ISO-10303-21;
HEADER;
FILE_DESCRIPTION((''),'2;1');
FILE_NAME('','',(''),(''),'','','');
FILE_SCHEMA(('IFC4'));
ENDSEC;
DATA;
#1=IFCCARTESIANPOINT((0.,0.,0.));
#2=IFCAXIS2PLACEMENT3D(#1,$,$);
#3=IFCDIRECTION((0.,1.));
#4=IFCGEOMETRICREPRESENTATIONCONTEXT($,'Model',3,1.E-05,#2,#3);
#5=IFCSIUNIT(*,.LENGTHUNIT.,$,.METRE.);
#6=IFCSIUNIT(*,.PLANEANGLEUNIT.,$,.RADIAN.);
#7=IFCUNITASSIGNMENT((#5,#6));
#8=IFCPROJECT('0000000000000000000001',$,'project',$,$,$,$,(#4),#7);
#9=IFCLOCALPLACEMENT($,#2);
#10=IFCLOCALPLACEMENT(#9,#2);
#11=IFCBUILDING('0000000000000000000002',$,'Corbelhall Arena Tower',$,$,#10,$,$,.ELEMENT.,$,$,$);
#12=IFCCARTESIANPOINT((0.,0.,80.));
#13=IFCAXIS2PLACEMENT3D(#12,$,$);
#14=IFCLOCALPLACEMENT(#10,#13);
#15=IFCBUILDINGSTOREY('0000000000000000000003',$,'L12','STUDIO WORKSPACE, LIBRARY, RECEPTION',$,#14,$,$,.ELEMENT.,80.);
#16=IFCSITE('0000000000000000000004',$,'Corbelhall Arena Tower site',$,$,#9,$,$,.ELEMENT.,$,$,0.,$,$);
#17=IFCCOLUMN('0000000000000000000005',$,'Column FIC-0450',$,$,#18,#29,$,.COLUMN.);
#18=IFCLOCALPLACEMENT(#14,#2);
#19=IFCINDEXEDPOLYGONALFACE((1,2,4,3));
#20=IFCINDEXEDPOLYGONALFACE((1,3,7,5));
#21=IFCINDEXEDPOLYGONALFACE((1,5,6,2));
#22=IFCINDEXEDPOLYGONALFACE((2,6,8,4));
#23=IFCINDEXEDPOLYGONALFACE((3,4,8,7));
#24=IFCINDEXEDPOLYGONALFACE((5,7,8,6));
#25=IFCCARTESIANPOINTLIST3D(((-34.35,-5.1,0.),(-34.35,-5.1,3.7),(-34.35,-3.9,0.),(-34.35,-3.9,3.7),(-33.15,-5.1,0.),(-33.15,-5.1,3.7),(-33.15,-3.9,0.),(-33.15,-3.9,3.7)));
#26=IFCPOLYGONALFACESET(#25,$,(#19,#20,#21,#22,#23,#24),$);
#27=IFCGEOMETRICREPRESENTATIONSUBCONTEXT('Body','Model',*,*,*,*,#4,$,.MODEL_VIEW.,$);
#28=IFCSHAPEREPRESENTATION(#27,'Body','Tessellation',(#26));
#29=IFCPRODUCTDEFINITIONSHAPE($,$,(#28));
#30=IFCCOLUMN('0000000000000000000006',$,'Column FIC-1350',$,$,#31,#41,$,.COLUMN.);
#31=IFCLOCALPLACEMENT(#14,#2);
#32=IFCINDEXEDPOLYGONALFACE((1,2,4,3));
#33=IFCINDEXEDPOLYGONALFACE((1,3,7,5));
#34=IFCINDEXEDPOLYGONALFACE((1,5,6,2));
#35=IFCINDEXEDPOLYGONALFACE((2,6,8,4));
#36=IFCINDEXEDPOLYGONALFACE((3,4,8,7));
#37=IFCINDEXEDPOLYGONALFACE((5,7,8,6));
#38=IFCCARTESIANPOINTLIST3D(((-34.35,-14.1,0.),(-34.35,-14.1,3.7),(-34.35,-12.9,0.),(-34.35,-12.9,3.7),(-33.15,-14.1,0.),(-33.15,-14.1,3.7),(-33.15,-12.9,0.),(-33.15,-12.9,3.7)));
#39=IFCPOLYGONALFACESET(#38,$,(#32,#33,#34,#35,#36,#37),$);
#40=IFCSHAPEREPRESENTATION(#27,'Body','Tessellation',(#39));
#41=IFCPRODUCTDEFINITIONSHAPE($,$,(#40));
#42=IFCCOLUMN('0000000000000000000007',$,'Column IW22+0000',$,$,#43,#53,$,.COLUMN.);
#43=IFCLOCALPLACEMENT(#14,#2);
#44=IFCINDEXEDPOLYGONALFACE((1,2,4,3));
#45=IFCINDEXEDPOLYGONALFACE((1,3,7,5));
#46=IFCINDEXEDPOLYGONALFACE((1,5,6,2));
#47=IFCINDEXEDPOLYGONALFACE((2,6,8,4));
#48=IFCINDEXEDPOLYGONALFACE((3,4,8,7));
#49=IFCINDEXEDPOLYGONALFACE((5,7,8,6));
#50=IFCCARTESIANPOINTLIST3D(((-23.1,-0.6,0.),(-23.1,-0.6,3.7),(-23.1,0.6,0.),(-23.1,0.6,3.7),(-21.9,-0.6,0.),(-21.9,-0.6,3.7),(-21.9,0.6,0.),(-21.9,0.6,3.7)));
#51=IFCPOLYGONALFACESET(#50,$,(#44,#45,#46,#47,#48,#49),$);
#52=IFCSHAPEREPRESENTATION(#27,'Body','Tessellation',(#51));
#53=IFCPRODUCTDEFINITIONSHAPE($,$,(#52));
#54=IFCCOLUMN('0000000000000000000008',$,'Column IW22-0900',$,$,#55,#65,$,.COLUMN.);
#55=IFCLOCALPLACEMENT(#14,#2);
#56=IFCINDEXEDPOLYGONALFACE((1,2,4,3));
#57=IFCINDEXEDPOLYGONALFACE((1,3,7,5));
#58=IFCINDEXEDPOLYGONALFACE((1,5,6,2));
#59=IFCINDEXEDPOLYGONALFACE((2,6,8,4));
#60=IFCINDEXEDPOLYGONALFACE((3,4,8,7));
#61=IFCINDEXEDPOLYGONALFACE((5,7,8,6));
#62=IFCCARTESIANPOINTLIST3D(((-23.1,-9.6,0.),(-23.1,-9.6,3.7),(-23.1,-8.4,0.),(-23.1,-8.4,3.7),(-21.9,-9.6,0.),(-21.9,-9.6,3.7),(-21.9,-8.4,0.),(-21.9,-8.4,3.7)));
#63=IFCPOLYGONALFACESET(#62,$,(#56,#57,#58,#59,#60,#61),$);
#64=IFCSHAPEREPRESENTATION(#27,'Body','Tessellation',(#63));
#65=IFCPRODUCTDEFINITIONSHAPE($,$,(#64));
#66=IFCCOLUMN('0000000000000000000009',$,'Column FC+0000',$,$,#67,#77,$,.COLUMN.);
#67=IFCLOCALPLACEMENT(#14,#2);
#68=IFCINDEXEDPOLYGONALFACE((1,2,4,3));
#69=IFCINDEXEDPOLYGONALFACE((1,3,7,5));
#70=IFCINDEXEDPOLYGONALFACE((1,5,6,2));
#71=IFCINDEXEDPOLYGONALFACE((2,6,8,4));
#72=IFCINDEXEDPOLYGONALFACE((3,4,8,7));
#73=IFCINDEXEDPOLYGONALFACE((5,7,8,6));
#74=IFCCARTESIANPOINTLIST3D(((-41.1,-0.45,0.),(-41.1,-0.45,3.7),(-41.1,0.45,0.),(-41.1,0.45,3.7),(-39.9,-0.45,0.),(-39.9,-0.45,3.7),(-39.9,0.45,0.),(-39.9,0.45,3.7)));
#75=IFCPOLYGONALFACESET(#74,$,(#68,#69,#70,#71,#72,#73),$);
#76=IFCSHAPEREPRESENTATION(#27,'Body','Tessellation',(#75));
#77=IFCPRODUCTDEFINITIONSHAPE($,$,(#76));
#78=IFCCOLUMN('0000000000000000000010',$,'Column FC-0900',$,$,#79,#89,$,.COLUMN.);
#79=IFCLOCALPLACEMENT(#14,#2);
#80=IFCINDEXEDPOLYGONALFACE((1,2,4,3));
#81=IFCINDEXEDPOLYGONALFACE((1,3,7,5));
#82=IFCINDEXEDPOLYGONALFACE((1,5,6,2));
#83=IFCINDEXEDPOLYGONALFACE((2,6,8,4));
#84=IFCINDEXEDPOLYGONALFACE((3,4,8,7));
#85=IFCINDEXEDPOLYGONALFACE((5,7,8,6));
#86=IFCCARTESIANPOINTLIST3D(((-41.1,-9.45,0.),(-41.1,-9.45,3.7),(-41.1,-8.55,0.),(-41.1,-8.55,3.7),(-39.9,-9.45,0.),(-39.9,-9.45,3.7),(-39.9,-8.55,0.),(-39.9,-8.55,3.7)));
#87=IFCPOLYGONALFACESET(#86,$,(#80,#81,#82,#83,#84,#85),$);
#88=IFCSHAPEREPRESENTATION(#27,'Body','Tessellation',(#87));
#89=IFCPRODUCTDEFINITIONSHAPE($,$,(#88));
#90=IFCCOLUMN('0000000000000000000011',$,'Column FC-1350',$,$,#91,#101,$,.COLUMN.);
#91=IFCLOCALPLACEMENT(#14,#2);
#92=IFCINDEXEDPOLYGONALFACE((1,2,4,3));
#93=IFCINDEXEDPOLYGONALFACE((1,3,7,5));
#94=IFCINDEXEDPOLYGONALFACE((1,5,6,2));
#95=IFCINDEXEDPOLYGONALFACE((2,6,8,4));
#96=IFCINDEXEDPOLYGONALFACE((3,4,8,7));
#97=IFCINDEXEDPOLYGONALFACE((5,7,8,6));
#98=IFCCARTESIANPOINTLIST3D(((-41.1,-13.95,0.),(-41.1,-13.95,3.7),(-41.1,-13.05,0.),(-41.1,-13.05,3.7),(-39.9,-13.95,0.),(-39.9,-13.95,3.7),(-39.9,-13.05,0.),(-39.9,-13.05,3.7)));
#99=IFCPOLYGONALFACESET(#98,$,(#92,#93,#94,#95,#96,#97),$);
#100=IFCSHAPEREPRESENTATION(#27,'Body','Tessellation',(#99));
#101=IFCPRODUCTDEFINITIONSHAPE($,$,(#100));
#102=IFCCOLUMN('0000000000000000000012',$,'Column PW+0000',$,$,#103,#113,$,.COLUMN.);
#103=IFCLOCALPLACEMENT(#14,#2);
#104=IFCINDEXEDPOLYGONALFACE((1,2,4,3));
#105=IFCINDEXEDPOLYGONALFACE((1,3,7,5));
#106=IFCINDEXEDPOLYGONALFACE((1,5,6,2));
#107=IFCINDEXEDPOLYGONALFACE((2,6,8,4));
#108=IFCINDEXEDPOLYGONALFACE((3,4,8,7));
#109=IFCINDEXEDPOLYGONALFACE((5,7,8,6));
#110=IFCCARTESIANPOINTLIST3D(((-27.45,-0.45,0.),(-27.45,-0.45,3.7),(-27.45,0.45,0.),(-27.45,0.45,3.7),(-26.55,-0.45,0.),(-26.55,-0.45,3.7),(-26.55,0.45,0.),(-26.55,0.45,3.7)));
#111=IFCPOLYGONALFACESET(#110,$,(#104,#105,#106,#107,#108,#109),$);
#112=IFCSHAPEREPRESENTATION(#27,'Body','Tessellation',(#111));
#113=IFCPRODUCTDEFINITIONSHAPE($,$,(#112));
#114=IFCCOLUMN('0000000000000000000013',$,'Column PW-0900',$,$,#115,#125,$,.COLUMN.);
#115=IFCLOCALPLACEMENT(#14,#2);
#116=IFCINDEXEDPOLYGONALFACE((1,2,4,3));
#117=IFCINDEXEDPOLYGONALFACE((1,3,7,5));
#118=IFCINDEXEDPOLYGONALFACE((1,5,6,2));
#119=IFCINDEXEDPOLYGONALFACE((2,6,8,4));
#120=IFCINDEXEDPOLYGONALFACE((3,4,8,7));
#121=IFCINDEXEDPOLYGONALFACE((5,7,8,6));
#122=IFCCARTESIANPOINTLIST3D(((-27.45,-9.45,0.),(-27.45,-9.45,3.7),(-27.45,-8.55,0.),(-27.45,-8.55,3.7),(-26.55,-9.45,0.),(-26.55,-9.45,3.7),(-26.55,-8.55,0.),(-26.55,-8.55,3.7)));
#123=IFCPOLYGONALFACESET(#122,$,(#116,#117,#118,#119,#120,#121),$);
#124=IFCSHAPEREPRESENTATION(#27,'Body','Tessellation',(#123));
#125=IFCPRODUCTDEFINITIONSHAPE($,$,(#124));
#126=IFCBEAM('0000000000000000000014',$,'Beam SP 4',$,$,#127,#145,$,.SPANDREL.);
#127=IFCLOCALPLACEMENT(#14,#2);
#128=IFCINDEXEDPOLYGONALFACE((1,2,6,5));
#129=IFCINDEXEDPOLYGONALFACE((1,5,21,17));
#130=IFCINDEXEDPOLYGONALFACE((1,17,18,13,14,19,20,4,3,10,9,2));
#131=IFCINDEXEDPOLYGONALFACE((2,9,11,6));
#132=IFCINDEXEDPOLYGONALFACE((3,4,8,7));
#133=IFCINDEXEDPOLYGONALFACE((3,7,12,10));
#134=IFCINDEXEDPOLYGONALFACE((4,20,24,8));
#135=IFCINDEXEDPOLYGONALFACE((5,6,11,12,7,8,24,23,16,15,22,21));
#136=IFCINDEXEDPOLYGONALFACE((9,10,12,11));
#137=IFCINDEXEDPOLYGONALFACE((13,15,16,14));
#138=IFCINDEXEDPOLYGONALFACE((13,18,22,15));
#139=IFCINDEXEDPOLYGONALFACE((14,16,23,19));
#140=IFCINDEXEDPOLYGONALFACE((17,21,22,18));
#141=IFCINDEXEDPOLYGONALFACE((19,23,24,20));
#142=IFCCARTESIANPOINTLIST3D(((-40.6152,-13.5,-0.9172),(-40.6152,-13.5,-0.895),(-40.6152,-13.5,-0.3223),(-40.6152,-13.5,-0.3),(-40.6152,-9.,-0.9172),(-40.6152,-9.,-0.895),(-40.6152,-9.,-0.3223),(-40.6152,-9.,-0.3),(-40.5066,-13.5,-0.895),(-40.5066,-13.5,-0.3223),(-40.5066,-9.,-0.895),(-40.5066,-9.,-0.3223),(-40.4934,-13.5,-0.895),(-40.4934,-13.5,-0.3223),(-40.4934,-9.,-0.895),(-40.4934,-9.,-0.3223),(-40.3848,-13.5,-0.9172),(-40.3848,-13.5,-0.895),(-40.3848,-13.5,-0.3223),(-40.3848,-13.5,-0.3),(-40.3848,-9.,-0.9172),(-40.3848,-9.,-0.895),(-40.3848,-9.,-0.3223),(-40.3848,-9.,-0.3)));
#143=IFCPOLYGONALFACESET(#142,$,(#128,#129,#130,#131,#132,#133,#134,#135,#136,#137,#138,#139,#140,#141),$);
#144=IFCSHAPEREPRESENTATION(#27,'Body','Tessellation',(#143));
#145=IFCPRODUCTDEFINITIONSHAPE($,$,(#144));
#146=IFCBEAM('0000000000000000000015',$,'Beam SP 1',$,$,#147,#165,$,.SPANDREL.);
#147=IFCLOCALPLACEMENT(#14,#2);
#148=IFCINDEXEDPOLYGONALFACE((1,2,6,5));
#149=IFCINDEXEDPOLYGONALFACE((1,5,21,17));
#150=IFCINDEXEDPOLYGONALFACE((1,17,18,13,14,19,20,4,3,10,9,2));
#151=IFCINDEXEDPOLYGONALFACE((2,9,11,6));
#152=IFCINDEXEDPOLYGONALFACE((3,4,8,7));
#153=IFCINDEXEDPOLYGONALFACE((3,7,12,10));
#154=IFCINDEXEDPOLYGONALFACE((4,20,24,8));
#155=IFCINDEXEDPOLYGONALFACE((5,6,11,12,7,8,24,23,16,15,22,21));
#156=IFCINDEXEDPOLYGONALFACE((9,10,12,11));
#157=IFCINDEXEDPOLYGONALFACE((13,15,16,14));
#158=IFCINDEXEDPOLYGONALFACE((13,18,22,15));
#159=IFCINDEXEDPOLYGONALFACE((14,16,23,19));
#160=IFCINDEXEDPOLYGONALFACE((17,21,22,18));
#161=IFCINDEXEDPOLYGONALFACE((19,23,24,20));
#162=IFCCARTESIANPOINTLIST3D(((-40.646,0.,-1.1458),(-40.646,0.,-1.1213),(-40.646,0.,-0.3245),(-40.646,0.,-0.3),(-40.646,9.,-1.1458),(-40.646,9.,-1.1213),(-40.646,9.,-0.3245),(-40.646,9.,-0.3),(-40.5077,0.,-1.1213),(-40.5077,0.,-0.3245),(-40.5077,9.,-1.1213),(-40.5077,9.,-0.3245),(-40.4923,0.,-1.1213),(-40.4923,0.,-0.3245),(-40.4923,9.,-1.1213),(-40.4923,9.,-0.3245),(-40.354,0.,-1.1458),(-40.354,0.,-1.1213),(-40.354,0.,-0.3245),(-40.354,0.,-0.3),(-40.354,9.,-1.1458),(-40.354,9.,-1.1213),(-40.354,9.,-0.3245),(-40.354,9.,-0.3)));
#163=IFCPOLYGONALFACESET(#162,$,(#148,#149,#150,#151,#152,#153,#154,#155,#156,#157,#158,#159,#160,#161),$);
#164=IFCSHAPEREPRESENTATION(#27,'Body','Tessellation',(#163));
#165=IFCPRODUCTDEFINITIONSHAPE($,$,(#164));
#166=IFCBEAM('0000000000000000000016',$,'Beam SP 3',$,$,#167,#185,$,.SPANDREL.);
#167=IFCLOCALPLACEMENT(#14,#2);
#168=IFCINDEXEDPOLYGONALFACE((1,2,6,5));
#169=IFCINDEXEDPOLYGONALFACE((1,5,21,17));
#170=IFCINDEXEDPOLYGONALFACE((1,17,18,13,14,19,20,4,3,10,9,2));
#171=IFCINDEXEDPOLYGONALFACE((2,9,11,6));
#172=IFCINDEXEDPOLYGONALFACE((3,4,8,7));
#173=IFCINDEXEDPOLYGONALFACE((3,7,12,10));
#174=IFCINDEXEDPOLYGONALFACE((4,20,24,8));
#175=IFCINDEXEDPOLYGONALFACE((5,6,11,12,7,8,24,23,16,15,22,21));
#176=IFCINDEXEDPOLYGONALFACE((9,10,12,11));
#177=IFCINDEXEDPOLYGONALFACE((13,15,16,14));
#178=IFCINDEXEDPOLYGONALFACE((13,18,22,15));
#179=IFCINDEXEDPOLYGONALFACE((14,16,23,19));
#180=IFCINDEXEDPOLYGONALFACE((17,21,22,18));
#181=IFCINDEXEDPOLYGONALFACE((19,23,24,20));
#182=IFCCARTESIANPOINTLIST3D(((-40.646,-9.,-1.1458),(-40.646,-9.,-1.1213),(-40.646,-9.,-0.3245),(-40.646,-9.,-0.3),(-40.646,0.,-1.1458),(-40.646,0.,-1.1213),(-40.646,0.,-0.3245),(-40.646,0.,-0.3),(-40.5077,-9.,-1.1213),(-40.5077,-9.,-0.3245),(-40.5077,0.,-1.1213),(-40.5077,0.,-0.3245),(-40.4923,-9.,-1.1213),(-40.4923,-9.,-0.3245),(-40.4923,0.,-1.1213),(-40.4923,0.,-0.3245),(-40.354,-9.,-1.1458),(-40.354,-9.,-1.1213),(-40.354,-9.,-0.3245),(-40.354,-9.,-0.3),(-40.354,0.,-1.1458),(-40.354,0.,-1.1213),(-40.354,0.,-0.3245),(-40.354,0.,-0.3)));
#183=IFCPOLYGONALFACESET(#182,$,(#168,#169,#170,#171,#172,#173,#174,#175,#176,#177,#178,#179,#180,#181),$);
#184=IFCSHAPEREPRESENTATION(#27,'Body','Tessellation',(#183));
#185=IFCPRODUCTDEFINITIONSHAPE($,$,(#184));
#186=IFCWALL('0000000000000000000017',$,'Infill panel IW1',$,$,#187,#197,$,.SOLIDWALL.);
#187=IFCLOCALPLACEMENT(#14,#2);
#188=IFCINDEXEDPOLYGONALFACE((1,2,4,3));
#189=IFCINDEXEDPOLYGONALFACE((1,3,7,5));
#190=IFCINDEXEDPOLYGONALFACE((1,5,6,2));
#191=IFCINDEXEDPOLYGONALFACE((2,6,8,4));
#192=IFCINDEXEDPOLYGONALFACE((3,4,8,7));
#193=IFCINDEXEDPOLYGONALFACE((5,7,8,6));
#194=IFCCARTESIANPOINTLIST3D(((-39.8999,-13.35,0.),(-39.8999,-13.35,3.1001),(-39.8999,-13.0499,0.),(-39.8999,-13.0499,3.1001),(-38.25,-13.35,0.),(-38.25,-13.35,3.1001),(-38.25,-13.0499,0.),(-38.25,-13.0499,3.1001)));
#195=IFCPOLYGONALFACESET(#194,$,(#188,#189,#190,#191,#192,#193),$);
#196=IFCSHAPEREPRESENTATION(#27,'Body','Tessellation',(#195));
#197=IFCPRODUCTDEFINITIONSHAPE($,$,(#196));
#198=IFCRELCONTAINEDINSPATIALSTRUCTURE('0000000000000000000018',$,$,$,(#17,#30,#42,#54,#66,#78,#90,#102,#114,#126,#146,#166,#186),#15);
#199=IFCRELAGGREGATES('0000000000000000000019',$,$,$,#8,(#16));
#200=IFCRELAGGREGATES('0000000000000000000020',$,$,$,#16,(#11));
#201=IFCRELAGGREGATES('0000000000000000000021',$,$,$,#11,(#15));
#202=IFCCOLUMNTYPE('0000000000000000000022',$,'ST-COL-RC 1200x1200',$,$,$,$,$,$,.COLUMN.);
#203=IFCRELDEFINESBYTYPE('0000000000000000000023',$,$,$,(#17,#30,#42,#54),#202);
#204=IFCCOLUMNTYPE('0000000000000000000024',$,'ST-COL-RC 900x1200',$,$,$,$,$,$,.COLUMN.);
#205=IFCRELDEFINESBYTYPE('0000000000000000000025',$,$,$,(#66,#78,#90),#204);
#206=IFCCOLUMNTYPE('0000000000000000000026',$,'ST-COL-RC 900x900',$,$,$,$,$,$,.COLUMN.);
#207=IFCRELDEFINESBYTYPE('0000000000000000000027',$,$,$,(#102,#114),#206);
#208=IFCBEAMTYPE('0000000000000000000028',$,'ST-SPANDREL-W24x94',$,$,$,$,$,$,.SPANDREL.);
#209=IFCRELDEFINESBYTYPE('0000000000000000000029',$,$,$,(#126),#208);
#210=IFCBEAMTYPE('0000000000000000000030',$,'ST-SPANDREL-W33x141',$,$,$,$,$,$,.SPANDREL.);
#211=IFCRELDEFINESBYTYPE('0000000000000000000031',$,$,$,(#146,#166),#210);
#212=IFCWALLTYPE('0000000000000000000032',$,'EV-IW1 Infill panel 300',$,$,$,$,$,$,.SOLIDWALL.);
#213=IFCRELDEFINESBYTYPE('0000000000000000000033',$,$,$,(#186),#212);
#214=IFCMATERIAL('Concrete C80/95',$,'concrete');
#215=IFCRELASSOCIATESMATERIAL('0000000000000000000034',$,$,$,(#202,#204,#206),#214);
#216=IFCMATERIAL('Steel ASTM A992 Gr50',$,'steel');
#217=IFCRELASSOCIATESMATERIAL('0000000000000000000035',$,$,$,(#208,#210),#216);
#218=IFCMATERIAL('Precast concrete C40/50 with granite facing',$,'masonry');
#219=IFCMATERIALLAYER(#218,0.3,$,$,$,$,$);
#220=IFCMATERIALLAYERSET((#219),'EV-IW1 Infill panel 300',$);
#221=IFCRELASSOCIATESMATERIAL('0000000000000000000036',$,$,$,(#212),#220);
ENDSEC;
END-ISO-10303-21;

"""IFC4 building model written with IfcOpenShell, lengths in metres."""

from ifc_helpers import new_model, si_unit, direction, frame, frame_2d, origin, origin_2d, place, context, subcontext, project, spatial, rectangle, i_section, extrude, material, layer, layer_set, material_profile, profile_set, type_object, element, save


model = new_model("IFC4")

# Units and contexts
model_context = context("Model", 3, precision=1e-05, world=origin(), true_north=direction((0.0, 1.0)))
body_context = subcontext(model_context, "Body", "Model", "MODEL_VIEW")
ifc_project = project(units=[si_unit("LENGTHUNIT", "METRE"), si_unit("PLANEANGLEUNIT", "RADIAN")], contexts=[model_context])

# Site, building, storey
site_placement = place(None, origin())
site = spatial("IfcSite", under=ifc_project, at=site_placement, Name="Corbelhall Arena Tower site", CompositionType="ELEMENT", RefElevation=0.0)
building_placement = place(site_placement, origin())
building = spatial("IfcBuilding", under=site, at=building_placement, Name="Corbelhall Arena Tower", CompositionType="ELEMENT")
storey_placement = place(building_placement, frame((0.0, 0.0, 80.0)))
storey = spatial("IfcBuildingStorey", under=building, at=storey_placement, Name="L12", Description="STUDIO WORKSPACE, LIBRARY, RECEPTION", CompositionType="ELEMENT", Elevation=80.0)

# Columns
ifc_material_1 = material(Name="Concrete C80/95", Category="concrete")
ifc_material_profile_1 = material_profile(ifc_material_1, rectangle(XDim=1.2, YDim=1.2, at=origin_2d()))
ifc_profile_set_1 = profile_set([ifc_material_profile_1], Name="Concrete C80/95")
column_type_1 = type_object("IfcColumnType", Name="ST-COL-RC 1200x1200", PredefinedType="COLUMN", material=ifc_profile_set_1)
for number, where, z_axis, x_axis, name in (
    (1, (-33.75, -4.5, 0.0), (0.0, 0.0, 1.0), (1.0, 0.0, 0.0), "Column FIC-0450"),
    (2, (-33.75, -13.5, 0.0), (0.0, 0.0, 1.0), (1.0, 0.0, 0.0), "Column FIC-1350"),
    (3, (-22.5, 0.0, 0.0), (0.0, 0.0, 1.0), (1.0, 0.0, 0.0), "Column IW22+0000"),
    (4, (-22.5, -9.0, 0.0), (0.0, 0.0, 1.0), (1.0, 0.0, 0.0), "Column IW22-0900"),
):
    element("IfcColumn", number, at=place(storey_placement, frame(where, z_axis=z_axis, x_axis=x_axis)), inside=storey, type_object=column_type_1, Name=name, PredefinedType="COLUMN", context=body_context, shape_type="SweptSolid", body=[
        extrude(rectangle(XDim=1.2, YDim=1.2, at=origin_2d()), origin(), (0.0, 0.0, 1.0), 3.7),
    ])
ifc_material_profile_2 = material_profile(ifc_material_1, rectangle(XDim=0.8999, YDim=1.2, at=origin_2d()))
ifc_profile_set_2 = profile_set([ifc_material_profile_2], Name="Concrete C80/95")
column_type_2 = type_object("IfcColumnType", Name="ST-COL-RC 900x1200", PredefinedType="COLUMN", material=ifc_profile_set_2)
for number, where, z_axis, x_axis, name in (
    (5, (-40.5, 0.0, 0.0), (0.0, 0.0, 1.0), (0.0, 1.0, 0.0), "Column FC+0000"),
    (6, (-40.5, -9.0, 0.0), (0.0, 0.0, 1.0), (0.0, 1.0, 0.0), "Column FC-0900"),
    (7, (-40.5, -13.5, 0.0), (0.0, 0.0, 1.0), (0.0, 1.0, 0.0), "Column FC-1350"),
):
    element("IfcColumn", number, at=place(storey_placement, frame(where, z_axis=z_axis, x_axis=x_axis)), inside=storey, type_object=column_type_2, Name=name, PredefinedType="COLUMN", context=body_context, shape_type="SweptSolid", body=[
        extrude(rectangle(XDim=0.8999, YDim=1.2, at=origin_2d()), origin(), (0.0, 0.0, 1.0), 3.7),
    ])
ifc_material_profile_3 = material_profile(ifc_material_1, rectangle(XDim=0.8999, YDim=0.8999, at=origin_2d()))
ifc_profile_set_3 = profile_set([ifc_material_profile_3], Name="Concrete C80/95")
column_type_3 = type_object("IfcColumnType", Name="ST-COL-RC 900x900", PredefinedType="COLUMN", material=ifc_profile_set_3)
for number, where, z_axis, x_axis, name in (
    (8, (-27.0, 0.0, 0.0), (0.0, 0.0, 1.0), (1.0, 0.0, 0.0), "Column PW+0000"),
    (9, (-27.0, -9.0, 0.0), (0.0, 0.0, 1.0), (1.0, 0.0, 0.0), "Column PW-0900"),
):
    element("IfcColumn", number, at=place(storey_placement, frame(where, z_axis=z_axis, x_axis=x_axis)), inside=storey, type_object=column_type_3, Name=name, PredefinedType="COLUMN", context=body_context, shape_type="SweptSolid", body=[
        extrude(rectangle(XDim=0.8999, YDim=0.8999, at=origin_2d()), origin(), (0.0, 0.0, 1.0), 3.7),
    ])

# Beams
ifc_material_2 = material(Name="Steel ASTM A992 Gr50", Category="steel")
ifc_material_profile_4 = material_profile(ifc_material_2, i_section(OverallWidth=0.2305, OverallDepth=0.6172, WebThickness=0.0132, FlangeThickness=0.0222, at=origin_2d()))
ifc_profile_set_4 = profile_set([ifc_material_profile_4], Name="Steel ASTM A992 Gr50")
beam_type_1 = type_object("IfcBeamType", Name="ST-SPANDREL-W24x94", PredefinedType="SPANDREL", material=ifc_profile_set_4)
beam_placement = place(storey_placement, frame((-40.5, -13.5, -0.6086), z_axis=(0.0, 1.0, 0.0), x_axis=(-1.0, 0.0, 0.0)))
element("IfcBeam", 10, at=beam_placement, inside=storey, type_object=beam_type_1, Name="Beam SP 4", PredefinedType="SPANDREL", context=body_context, shape_type="SweptSolid", body=[
    extrude(i_section(OverallWidth=0.2305, OverallDepth=0.6172, WebThickness=0.0132, FlangeThickness=0.0222, at=origin_2d()), origin(), (0.0, 0.0, 1.0), 4.5),
])
ifc_material_profile_5 = material_profile(ifc_material_2, i_section(OverallWidth=0.292, OverallDepth=0.8457, WebThickness=0.0154, FlangeThickness=0.0244, at=origin_2d()))
ifc_profile_set_5 = profile_set([ifc_material_profile_5], Name="Steel ASTM A992 Gr50")
beam_type_2 = type_object("IfcBeamType", Name="ST-SPANDREL-W33x141", PredefinedType="SPANDREL", material=ifc_profile_set_5)
for number, where, z_axis, x_axis, name in (
    (11, (-40.5, 0.0, -0.7229), (0.0, 1.0, 0.0), (-1.0, 0.0, 0.0), "Beam SP 1"),
    (12, (-40.5, -9.0, -0.7229), (0.0, 1.0, 0.0), (-1.0, 0.0, 0.0), "Beam SP 3"),
):
    element("IfcBeam", number, at=place(storey_placement, frame(where, z_axis=z_axis, x_axis=x_axis)), inside=storey, type_object=beam_type_2, Name=name, PredefinedType="SPANDREL", context=body_context, shape_type="SweptSolid", body=[
        extrude(i_section(OverallWidth=0.292, OverallDepth=0.8457, WebThickness=0.0154, FlangeThickness=0.0244, at=origin_2d()), origin(), (0.0, 0.0, 1.0), 9.0),
    ])

# Wall
ifc_material_3 = material(Name="Precast concrete C40/50 with granite facing", Category="masonry")
ifc_layer_1 = layer(ifc_material_3, 0.3)
ifc_layer_set_1 = layer_set([ifc_layer_1], Name="EV-IW1 Infill panel 300")
wall_type_1 = type_object("IfcWallType", Name="EV-IW1 Infill panel 300", PredefinedType="SOLIDWALL", material=ifc_layer_set_1)
wall_1_placement = place(storey_placement, frame((-39.8999, -13.2, 0.0), z_axis=(0.0, 0.0, 1.0), x_axis=(1.0, 0.0, 0.0)))
element("IfcWall", 13, at=wall_1_placement, inside=storey, type_object=wall_type_1, Name="Infill panel IW1", PredefinedType="SOLIDWALL", context=body_context, shape_type="SweptSolid", body=[
    extrude(rectangle(XDim=1.6499, YDim=0.3, at=frame_2d((0.825, 0.0))), origin(), (0.0, 0.0, 1.0), 3.1001),
])

save(model, "model.ifc")
